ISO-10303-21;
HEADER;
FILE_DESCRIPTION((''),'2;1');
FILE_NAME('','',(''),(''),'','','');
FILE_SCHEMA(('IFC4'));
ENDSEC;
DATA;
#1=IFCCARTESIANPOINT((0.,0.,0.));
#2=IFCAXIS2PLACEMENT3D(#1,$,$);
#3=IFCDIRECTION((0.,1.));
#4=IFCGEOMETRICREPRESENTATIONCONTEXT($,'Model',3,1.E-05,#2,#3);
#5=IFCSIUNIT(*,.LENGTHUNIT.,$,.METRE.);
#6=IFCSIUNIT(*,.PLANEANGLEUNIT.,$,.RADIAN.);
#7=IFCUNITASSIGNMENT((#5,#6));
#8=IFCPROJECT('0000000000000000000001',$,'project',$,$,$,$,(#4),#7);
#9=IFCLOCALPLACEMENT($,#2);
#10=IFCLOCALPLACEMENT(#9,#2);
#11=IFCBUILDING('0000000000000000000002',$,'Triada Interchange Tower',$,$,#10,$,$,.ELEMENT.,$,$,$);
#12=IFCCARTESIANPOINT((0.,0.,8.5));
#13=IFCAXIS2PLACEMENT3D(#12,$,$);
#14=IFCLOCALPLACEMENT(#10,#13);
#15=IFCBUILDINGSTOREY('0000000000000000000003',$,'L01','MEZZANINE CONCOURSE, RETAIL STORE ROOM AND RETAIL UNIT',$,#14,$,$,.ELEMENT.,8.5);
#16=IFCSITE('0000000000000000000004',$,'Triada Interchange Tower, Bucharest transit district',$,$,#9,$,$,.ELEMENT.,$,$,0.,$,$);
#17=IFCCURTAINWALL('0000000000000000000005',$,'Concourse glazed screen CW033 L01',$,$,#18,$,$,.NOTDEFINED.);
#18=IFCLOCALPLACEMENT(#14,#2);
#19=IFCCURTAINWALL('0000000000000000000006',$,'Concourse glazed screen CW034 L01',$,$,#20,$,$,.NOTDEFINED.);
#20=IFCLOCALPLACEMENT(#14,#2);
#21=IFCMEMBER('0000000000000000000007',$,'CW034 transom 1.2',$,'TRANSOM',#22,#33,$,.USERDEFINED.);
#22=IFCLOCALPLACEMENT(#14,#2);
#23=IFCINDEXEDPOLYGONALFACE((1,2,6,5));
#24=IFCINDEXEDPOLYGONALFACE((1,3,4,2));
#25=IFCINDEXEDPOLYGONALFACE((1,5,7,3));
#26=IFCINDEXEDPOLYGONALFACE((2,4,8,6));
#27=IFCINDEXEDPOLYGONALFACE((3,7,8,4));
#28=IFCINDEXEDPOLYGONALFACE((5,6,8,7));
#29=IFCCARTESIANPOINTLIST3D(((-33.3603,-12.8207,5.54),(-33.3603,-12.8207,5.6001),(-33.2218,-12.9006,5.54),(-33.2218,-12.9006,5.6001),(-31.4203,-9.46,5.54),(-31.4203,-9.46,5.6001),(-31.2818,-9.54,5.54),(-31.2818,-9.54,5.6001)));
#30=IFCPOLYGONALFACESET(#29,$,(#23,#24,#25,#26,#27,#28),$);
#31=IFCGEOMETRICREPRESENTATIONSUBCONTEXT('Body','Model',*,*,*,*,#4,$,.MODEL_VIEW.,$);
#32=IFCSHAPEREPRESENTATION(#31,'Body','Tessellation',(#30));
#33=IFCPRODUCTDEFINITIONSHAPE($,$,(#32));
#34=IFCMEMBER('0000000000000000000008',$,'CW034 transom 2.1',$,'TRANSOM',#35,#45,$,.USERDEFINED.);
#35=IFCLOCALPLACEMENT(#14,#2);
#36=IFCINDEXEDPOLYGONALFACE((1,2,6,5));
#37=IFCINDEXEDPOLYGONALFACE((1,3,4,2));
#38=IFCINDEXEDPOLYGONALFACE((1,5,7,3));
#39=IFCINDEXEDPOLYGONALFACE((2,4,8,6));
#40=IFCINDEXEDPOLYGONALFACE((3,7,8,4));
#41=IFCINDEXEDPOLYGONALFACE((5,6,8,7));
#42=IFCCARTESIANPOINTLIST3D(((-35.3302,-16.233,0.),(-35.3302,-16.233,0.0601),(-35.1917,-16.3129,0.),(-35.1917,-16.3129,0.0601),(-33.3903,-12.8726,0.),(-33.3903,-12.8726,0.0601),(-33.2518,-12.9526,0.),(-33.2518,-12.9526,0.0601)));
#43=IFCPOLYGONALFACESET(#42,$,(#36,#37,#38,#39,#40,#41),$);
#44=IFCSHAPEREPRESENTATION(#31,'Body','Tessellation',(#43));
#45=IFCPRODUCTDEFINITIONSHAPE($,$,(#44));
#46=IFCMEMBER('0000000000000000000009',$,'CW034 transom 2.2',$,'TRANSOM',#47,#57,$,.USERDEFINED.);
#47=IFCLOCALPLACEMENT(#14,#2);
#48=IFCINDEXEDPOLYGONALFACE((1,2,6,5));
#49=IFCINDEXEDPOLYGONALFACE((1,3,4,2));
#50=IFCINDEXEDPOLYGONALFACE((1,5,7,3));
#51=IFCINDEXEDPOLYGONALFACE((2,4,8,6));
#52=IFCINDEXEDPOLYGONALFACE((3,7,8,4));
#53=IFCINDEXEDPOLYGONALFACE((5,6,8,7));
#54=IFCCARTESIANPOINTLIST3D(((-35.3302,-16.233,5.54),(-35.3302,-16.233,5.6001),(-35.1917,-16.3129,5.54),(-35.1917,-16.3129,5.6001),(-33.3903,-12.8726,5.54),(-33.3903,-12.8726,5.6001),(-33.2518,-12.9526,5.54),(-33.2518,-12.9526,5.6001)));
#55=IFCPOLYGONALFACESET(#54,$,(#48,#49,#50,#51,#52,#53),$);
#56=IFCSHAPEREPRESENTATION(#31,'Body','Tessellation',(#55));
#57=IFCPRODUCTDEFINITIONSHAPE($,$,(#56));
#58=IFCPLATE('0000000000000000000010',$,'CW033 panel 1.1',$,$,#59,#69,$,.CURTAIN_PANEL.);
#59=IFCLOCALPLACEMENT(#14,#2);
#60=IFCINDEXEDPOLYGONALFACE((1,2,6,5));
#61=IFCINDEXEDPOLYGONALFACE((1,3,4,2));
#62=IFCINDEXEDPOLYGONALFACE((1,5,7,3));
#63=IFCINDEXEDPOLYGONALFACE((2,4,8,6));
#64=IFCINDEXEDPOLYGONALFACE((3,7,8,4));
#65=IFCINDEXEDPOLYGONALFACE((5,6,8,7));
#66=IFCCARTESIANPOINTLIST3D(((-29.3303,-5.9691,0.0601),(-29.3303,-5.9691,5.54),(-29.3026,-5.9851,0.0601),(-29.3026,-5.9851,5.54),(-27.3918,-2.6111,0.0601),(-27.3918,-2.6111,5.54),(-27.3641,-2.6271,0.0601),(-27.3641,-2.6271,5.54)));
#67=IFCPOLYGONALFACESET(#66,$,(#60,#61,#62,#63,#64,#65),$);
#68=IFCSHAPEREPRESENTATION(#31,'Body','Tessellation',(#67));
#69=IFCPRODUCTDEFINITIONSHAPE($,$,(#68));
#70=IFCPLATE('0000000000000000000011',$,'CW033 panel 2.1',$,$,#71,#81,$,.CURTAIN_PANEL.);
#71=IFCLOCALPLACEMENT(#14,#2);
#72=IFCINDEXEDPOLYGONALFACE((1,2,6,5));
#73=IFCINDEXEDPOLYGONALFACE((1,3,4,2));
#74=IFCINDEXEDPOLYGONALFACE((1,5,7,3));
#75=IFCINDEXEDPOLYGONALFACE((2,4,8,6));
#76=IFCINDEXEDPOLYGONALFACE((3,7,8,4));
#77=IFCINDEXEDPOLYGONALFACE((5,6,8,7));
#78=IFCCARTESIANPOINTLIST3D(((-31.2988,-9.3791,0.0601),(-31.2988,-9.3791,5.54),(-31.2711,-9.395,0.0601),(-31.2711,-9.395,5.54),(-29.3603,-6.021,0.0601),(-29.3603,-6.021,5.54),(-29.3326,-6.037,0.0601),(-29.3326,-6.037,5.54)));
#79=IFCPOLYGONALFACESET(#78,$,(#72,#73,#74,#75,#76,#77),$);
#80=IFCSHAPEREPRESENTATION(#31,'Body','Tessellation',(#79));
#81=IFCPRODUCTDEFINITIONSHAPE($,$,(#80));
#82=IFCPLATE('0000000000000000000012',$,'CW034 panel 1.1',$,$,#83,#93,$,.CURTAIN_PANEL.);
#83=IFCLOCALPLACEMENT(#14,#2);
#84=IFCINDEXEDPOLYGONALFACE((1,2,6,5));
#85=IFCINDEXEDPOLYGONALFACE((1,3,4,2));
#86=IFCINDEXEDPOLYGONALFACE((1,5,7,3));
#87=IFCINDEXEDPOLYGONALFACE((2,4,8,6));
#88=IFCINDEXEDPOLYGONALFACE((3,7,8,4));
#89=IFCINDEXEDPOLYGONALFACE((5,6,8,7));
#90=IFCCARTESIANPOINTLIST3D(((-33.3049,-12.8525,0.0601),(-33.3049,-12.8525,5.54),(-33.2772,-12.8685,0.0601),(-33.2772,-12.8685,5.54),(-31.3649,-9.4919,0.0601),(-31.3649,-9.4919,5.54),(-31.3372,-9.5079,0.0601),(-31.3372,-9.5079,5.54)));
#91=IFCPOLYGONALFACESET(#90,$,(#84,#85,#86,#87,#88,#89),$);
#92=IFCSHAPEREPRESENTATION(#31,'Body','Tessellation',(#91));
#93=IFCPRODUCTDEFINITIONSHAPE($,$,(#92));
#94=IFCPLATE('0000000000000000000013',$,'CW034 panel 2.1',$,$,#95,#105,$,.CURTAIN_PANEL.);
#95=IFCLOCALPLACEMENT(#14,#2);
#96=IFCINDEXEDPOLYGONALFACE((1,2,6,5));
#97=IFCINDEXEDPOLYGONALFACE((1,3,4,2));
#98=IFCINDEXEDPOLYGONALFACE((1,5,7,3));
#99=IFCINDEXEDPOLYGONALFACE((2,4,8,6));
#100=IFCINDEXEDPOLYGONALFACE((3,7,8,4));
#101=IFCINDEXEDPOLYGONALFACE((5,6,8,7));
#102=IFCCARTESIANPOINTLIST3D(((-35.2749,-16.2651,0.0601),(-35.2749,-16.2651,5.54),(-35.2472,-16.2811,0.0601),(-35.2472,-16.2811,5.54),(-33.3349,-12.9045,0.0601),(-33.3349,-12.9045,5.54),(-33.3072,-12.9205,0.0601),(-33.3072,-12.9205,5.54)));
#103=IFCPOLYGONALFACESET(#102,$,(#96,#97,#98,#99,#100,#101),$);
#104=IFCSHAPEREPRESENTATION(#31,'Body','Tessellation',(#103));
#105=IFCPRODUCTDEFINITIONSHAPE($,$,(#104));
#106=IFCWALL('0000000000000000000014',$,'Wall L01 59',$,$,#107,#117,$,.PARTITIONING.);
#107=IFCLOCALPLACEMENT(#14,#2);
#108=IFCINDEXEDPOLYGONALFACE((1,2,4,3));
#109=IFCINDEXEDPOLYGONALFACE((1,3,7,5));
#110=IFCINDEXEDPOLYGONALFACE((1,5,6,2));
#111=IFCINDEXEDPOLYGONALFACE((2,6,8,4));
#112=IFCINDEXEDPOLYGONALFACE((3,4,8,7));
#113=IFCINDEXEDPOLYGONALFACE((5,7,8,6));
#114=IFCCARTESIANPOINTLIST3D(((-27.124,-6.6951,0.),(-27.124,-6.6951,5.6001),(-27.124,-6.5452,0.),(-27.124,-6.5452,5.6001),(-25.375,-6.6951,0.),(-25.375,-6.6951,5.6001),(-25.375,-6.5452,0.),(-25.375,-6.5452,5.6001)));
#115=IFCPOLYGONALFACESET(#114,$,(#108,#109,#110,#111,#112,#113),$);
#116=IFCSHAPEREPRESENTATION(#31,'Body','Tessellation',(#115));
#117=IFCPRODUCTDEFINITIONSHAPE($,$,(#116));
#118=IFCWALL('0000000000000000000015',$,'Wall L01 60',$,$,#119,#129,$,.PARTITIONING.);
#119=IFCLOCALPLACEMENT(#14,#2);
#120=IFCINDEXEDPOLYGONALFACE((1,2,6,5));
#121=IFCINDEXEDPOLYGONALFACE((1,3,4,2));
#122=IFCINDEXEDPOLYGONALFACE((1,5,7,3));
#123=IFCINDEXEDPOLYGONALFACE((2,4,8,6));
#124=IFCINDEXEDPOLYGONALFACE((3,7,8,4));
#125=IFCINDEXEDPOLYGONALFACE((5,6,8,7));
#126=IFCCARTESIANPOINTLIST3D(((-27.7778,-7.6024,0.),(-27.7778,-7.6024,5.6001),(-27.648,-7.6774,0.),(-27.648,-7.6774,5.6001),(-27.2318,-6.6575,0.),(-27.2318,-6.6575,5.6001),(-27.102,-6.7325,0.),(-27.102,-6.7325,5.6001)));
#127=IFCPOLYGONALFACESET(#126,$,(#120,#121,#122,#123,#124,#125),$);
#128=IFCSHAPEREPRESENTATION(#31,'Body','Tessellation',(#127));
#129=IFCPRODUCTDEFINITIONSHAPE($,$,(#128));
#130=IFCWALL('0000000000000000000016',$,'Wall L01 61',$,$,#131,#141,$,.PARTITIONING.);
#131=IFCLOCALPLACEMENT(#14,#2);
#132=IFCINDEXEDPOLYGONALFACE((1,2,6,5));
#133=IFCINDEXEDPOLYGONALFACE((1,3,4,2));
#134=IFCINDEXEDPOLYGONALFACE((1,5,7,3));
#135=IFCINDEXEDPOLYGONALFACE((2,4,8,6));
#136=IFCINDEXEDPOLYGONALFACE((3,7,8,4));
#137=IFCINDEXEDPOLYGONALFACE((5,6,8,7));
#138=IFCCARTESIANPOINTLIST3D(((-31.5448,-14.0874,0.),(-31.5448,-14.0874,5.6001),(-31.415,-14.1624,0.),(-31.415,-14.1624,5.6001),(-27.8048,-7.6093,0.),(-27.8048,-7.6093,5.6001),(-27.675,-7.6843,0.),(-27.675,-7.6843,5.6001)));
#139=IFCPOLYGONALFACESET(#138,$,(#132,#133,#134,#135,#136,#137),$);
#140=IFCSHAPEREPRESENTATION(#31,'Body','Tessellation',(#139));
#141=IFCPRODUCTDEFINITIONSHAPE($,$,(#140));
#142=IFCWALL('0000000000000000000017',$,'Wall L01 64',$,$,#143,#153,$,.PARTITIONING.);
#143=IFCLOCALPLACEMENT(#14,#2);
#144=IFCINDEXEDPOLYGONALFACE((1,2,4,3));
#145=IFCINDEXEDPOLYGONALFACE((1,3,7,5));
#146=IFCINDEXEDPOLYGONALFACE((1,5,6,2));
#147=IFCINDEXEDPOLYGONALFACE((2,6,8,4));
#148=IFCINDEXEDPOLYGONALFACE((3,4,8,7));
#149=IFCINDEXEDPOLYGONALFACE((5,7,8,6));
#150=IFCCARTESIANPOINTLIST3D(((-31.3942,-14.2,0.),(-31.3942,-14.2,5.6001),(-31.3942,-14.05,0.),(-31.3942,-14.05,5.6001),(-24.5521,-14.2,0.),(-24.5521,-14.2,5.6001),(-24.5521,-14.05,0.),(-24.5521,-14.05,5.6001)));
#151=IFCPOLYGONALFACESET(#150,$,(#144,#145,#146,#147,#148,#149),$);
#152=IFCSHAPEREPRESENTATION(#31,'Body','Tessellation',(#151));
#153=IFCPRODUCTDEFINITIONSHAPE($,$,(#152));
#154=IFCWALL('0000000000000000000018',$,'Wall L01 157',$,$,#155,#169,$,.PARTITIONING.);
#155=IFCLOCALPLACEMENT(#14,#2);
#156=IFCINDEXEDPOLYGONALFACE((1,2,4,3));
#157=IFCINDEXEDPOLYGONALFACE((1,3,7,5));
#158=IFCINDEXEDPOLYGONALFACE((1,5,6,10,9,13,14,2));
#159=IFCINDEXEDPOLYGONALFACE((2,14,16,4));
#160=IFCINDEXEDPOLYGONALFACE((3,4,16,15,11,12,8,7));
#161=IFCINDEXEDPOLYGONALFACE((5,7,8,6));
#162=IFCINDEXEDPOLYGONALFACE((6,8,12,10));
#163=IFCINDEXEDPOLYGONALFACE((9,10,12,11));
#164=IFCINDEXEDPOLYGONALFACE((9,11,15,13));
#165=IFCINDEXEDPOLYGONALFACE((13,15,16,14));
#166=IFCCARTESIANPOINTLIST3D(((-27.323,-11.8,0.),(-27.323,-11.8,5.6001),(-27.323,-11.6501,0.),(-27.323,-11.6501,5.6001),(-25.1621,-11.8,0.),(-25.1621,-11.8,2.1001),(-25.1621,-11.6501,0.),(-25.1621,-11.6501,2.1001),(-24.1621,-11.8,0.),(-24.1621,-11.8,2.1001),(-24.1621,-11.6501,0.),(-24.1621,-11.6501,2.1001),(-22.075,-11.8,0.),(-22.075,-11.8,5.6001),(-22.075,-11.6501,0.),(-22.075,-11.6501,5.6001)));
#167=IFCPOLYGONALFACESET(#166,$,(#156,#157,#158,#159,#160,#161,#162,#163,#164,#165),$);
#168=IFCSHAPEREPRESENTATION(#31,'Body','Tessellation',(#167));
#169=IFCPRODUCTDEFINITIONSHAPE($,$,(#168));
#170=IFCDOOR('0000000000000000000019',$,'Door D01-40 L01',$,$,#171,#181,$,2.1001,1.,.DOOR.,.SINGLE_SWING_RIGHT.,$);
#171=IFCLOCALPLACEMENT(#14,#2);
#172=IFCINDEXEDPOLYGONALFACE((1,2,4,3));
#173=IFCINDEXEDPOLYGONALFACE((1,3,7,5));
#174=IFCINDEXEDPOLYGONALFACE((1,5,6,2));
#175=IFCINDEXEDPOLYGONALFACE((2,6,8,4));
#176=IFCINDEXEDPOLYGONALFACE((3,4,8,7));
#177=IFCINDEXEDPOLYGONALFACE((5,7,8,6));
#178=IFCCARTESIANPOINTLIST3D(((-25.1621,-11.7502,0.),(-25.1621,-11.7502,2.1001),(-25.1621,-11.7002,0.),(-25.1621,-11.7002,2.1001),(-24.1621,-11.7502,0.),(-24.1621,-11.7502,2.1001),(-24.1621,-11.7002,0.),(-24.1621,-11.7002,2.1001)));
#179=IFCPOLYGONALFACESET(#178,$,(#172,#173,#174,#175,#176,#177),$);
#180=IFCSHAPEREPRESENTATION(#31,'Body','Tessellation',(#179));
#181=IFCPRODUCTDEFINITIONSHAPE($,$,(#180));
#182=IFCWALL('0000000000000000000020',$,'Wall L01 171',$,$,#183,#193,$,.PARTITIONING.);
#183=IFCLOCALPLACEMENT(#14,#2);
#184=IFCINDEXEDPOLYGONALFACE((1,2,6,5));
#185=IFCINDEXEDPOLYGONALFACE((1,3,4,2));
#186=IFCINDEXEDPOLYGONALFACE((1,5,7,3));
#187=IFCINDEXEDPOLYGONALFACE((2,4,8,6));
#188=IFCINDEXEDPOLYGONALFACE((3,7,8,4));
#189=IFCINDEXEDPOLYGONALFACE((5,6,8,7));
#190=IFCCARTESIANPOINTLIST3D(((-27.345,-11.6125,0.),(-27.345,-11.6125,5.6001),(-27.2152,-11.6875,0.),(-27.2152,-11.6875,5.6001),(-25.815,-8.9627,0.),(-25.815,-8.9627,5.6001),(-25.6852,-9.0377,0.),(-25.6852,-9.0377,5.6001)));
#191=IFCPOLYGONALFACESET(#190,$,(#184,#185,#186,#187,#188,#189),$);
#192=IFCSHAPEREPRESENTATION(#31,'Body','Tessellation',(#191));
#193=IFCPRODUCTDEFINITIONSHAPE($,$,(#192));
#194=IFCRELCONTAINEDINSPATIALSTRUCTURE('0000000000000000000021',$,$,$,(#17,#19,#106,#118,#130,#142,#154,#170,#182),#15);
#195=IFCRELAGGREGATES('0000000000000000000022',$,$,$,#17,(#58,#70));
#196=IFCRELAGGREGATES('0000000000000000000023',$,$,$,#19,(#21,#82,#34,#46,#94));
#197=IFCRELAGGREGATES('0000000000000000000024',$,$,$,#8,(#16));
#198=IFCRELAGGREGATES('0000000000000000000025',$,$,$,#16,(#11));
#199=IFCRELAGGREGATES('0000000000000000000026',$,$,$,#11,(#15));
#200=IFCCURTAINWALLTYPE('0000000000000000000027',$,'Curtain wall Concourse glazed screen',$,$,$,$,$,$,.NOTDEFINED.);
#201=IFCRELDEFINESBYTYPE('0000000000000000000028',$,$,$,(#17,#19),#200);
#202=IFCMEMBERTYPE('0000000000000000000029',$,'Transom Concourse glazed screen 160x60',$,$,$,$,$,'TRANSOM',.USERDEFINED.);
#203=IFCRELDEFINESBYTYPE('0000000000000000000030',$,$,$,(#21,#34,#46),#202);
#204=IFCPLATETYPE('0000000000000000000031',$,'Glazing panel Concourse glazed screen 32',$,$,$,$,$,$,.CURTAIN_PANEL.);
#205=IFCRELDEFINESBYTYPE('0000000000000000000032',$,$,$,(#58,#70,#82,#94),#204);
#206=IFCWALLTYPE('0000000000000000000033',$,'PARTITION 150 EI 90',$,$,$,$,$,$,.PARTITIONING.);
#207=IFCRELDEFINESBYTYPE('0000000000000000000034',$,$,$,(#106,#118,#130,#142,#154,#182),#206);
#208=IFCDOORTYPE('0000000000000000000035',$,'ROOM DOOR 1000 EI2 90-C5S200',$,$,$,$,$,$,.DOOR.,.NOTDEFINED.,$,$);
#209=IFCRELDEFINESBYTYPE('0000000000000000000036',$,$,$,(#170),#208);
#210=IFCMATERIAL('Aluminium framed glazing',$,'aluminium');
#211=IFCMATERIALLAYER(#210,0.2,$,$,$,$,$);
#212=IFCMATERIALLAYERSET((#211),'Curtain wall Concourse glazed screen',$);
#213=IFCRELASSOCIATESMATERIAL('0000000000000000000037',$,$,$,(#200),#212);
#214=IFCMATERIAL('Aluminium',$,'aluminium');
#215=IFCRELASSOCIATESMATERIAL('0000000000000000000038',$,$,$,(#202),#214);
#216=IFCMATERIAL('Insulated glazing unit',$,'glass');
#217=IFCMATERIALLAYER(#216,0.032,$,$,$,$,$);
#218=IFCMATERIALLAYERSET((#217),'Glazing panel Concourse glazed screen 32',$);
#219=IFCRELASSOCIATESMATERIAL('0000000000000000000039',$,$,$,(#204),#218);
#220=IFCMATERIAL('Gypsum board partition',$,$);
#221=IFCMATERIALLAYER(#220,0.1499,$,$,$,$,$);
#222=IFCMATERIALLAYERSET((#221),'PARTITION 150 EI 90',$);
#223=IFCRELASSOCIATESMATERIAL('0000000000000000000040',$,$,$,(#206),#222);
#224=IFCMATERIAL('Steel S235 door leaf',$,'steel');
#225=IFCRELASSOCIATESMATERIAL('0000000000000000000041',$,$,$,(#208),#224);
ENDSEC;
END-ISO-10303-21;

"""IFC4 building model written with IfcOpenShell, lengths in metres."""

from ifc_helpers import new_model, si_unit, direction, frame, frame_2d, origin, origin_2d, place, context, subcontext, project, spatial, rectangle, extrude, material, layer, layer_set, material_profile, profile_set, type_object, element, fill, aggregate, save


model = new_model("IFC4")

# Units and contexts
model_context = context("Model", 3, precision=1e-05, world=origin(), true_north=direction((0.0, 1.0)))
body_context = subcontext(model_context, "Body", "Model", "MODEL_VIEW")
ifc_project = project(units=[si_unit("LENGTHUNIT", "METRE"), si_unit("PLANEANGLEUNIT", "RADIAN")], contexts=[model_context])

# Site, building, storey
site_placement = place(None, origin())
site = spatial("IfcSite", under=ifc_project, at=site_placement, Name="Triada Interchange Tower, Bucharest transit district", CompositionType="ELEMENT", RefElevation=0.0)
building_placement = place(site_placement, origin())
building = spatial("IfcBuilding", under=site, at=building_placement, Name="Triada Interchange Tower", CompositionType="ELEMENT")
storey_placement = place(building_placement, frame((0.0, 0.0, 8.5)))
storey = spatial("IfcBuildingStorey", under=building, at=storey_placement, Name="L01", Description="MEZZANINE CONCOURSE, RETAIL STORE ROOM AND RETAIL UNIT", CompositionType="ELEMENT", Elevation=8.5)

# Shared definitions
ifc_material_1 = material(Name="Aluminium framed glazing", Category="aluminium")
ifc_layer_1 = layer(ifc_material_1, 0.2)
ifc_layer_set_1 = layer_set([ifc_layer_1], Name="Curtain wall Concourse glazed screen")
curtain_wall_type = type_object("IfcCurtainWallType", Name="Curtain wall Concourse glazed screen", PredefinedType="NOTDEFINED", material=ifc_layer_set_1)
ifc_material_2 = material(Name="Aluminium", Category="aluminium")

# Curtain walls
curtain_wall_1_placement = place(storey_placement, origin())
curtain_wall_1 = element("IfcCurtainWall", 1, at=curtain_wall_1_placement, inside=storey, type_object=curtain_wall_type, Name="Concourse glazed screen CW033 L01", PredefinedType="NOTDEFINED")
curtain_wall_2_placement = place(storey_placement, origin())
curtain_wall_2 = element("IfcCurtainWall", 2, at=curtain_wall_2_placement, inside=storey, type_object=curtain_wall_type, Name="Concourse glazed screen CW034 L01", PredefinedType="NOTDEFINED")

# Members
ifc_material_profile_1 = material_profile(ifc_material_2, rectangle(XDim=0.1599, YDim=0.0601, at=origin_2d()), Name="Aluminium transom")
ifc_profile_set_1 = profile_set([ifc_material_profile_1], Name="Aluminium")
member_type_1 = type_object("IfcMemberType", Name="Transom Concourse glazed screen 160x60", ElementType="TRANSOM", PredefinedType="USERDEFINED", material=ifc_profile_set_1)
member_1_placement = place(storey_placement, frame((-31.3511, -9.5, 5.5701), z_axis=(-0.499942, -0.866059, 0.0), x_axis=(0.866059, -0.499942, 0.0)))
member_1 = element("IfcMember", 3, at=member_1_placement, type_object=member_type_1, Name="CW034 transom 1.2", ObjectType="TRANSOM", PredefinedType="USERDEFINED", context=body_context, shape_type="SweptSolid", body=[
    extrude(rectangle(XDim=0.1599, YDim=0.0601, at=origin_2d()), origin(), (0.0, 0.0, 1.0), 3.8804),
])
member_2_placement = place(storey_placement, frame((-33.321, -12.9126, 0.03), z_axis=(-0.499969, -0.866043, 0.0), x_axis=(0.866043, -0.499969, 0.0)))
member_2 = element("IfcMember", 4, at=member_2_placement, type_object=member_type_1, Name="CW034 transom 2.1", ObjectType="TRANSOM", PredefinedType="USERDEFINED", context=body_context, shape_type="SweptSolid", body=[
    extrude(rectangle(XDim=0.1599, YDim=0.0601, at=origin_2d()), origin(), (0.0, 0.0, 1.0), 3.8801),
])
member_3_placement = place(storey_placement, frame((-33.321, -12.9126, 5.5701), z_axis=(-0.499969, -0.866043, 0.0), x_axis=(0.866043, -0.499969, 0.0)))
member_3 = element("IfcMember", 5, at=member_3_placement, type_object=member_type_1, Name="CW034 transom 2.2", ObjectType="TRANSOM", PredefinedType="USERDEFINED", context=body_context, shape_type="SweptSolid", body=[
    extrude(rectangle(XDim=0.1599, YDim=0.0601, at=origin_2d()), origin(), (0.0, 0.0, 1.0), 3.8801),
])

# Plates
ifc_material_3 = material(Name="Insulated glazing unit", Category="glass")
ifc_layer_2 = layer(ifc_material_3, 0.032)
ifc_layer_set_2 = layer_set([ifc_layer_2], Name="Glazing panel Concourse glazed screen 32")
plate_type = type_object("IfcPlateType", Name="Glazing panel Concourse glazed screen 32", PredefinedType="CURTAIN_PANEL", material=ifc_layer_set_2)
plate_1_placement = place(storey_placement, frame((-28.3472, -4.2981, 0.0601), z_axis=(0.0, 0.0, 1.0), x_axis=(-0.499948, -0.866055, 0.0)))
plate_1 = element("IfcPlate", 6, at=plate_1_placement, type_object=plate_type, Name="CW033 panel 1.1", PredefinedType="CURTAIN_PANEL", context=body_context, shape_type="SweptSolid", body=[
    extrude(rectangle(XDim=3.8774, YDim=0.032, at=origin_2d()), origin(), (0.0, 0.0, 1.0), 5.48),
])
plate_2_placement = place(storey_placement, frame((-30.3157, -7.708, 0.0601), z_axis=(0.0, 0.0, 1.0), x_axis=(-0.499948, -0.866055, 0.0)))
plate_2 = element("IfcPlate", 7, at=plate_2_placement, type_object=plate_type, Name="CW033 panel 2.1", PredefinedType="CURTAIN_PANEL", context=body_context, shape_type="SweptSolid", body=[
    extrude(rectangle(XDim=3.8774, YDim=0.032, at=origin_2d()), origin(), (0.0, 0.0, 1.0), 5.48),
])
aggregate(curtain_wall_1, [plate_1, plate_2])
plate_3_placement = place(storey_placement, frame((-32.321, -11.1802, 0.0601), z_axis=(0.0, 0.0, 1.0), x_axis=(-0.499959, -0.866049, 0.0)))
plate_3 = element("IfcPlate", 8, at=plate_3_placement, type_object=plate_type, Name="CW034 panel 1.1", PredefinedType="CURTAIN_PANEL", context=body_context, shape_type="SweptSolid", body=[
    extrude(rectangle(XDim=3.8804, YDim=0.032, at=origin_2d()), origin(), (0.0, 0.0, 1.0), 5.48),
])
plate_4_placement = place(storey_placement, frame((-34.291, -14.5928, 0.0601), z_axis=(0.0, 0.0, 1.0), x_axis=(-0.499959, -0.866049, 0.0)))
plate_4 = element("IfcPlate", 9, at=plate_4_placement, type_object=plate_type, Name="CW034 panel 2.1", PredefinedType="CURTAIN_PANEL", context=body_context, shape_type="SweptSolid", body=[
    extrude(rectangle(XDim=3.8804, YDim=0.032, at=origin_2d()), origin(), (0.0, 0.0, 1.0), 5.48),
])
aggregate(curtain_wall_2, [member_1, plate_3, member_2, member_3, plate_4])

# Walls
ifc_material_4 = material(Name="Gypsum board partition")
ifc_layer_3 = layer(ifc_material_4, 0.1499)
ifc_layer_set_3 = layer_set([ifc_layer_3], Name="PARTITION 150 EI 90")
wall_type = type_object("IfcWallType", Name="PARTITION 150 EI 90", PredefinedType="PARTITIONING", material=ifc_layer_set_3)
wall_1_placement = place(storey_placement, frame((-27.124, -6.6201, 0.0), z_axis=(0.0, 0.0, 1.0), x_axis=(1.0, 0.0, 0.0)))
element("IfcWall", 10, at=wall_1_placement, inside=storey, type_object=wall_type, Name="Wall L01 59", PredefinedType="PARTITIONING", context=body_context, shape_type="SweptSolid", body=[
    extrude(rectangle(XDim=1.749, YDim=0.1499, at=frame_2d((0.8745, 0.0))), origin(), (0.0, 0.0, 1.0), 5.6001),
])
wall_2_placement = place(storey_placement, frame((-27.7129, -7.6399, 0.0), z_axis=(0.0, 0.0, 1.0), x_axis=(0.500278, 0.865865, 0.0)))
element("IfcWall", 11, at=wall_2_placement, inside=storey, type_object=wall_type, Name="Wall L01 60", PredefinedType="PARTITIONING", context=body_context, shape_type="SweptSolid", body=[
    extrude(rectangle(XDim=1.0913, YDim=0.1499, at=frame_2d((0.5457, 0.0))), origin(), (0.0, 0.0, 1.0), 5.6001),
])
wall_3_placement = place(storey_placement, frame((-31.48, -14.125, 0.0), z_axis=(0.0, 0.0, 1.0), x_axis=(0.49999, 0.866031, 0.0)))
element("IfcWall", 12, at=wall_3_placement, inside=storey, type_object=wall_type, Name="Wall L01 61", PredefinedType="PARTITIONING", context=body_context, shape_type="SweptSolid", body=[
    extrude(rectangle(XDim=7.4802, YDim=0.1499, at=frame_2d((3.7402, 0.0))), origin(), (0.0, 0.0, 1.0), 5.6001),
])
wall_4_placement = place(storey_placement, frame((-31.394, -14.125, 0.0), z_axis=(0.0, 0.0, 1.0), x_axis=(1.0, 0.0, 0.0)))
element("IfcWall", 13, at=wall_4_placement, inside=storey, type_object=wall_type, Name="Wall L01 64", PredefinedType="PARTITIONING", context=body_context, shape_type="SweptSolid", body=[
    extrude(rectangle(XDim=6.842, YDim=0.1499, at=frame_2d((3.4209, 0.0))), origin(), (0.0, 0.0, 1.0), 5.6001),
])

# Wall, opening, door
wall_5_placement = place(storey_placement, frame((-27.323, -11.7251, 0.0), z_axis=(0.0, 0.0, 1.0), x_axis=(1.0, 0.0, 0.0)))
wall_5 = element("IfcWall", 14, at=wall_5_placement, inside=storey, type_object=wall_type, Name="Wall L01 157", PredefinedType="PARTITIONING", context=body_context, shape_type="SweptSolid", body=[
    extrude(rectangle(XDim=5.248, YDim=0.1499, at=frame_2d((2.624, 0.0))), origin(), (0.0, 0.0, 1.0), 5.6001),
])
opening_placement = place(wall_5_placement, frame((2.1609, 0.0, 0.0)))
opening = element("IfcOpeningElement", 15, at=opening_placement, cuts=wall_5, PredefinedType="OPENING", context=body_context, shape_type="SweptSolid", body=[
    extrude(rectangle(XDim=1.0, YDim=2.1001, at=frame_2d((0.5, 1.05))), frame((0.0, 0.085, 0.0), z_axis=(0.0, -1.0, 0.0), x_axis=(1.0, 0.0, 0.0)), (0.0, 0.0, 1.0), 0.1699),
])
ifc_material_5 = material(Name="Steel S235 door leaf", Category="steel")
door_type = type_object("IfcDoorType", Name="ROOM DOOR 1000 EI2 90-C5S200", OperationType="NOTDEFINED", PredefinedType="DOOR", material=ifc_material_5)
door_placement = place(opening_placement, origin())
door = element("IfcDoor", 16, at=door_placement, inside=storey, type_object=door_type, Name="Door D01-40 L01", OperationType="SINGLE_SWING_RIGHT", OverallHeight=2.1001, OverallWidth=1.0, PredefinedType="DOOR", context=body_context, shape_type="SweptSolid", body=[
    extrude(rectangle(XDim=1.0, YDim=2.1001, at=frame_2d((0.5, 1.05))), frame((0.0, 0.0249, 0.0), z_axis=(0.0, -1.0, 0.0), x_axis=(1.0, 0.0, 0.0)), (0.0, 0.0, 1.0), 0.05),
])
fill(opening, door)

# Wall
wall_6_placement = place(storey_placement, frame((-27.28, -11.6499, 0.0), z_axis=(0.0, 0.0, 1.0), x_axis=(0.500026, 0.86601, 0.0)))
element("IfcWall", 17, at=wall_6_placement, inside=storey, type_object=wall_type, Name="Wall L01 171", PredefinedType="PARTITIONING", context=body_context, shape_type="SweptSolid", body=[
    extrude(rectangle(XDim=3.0598, YDim=0.1499, at=frame_2d((1.5298, 0.0))), origin(), (0.0, 0.0, 1.0), 5.6001),
])

save(model, "model.ifc")
